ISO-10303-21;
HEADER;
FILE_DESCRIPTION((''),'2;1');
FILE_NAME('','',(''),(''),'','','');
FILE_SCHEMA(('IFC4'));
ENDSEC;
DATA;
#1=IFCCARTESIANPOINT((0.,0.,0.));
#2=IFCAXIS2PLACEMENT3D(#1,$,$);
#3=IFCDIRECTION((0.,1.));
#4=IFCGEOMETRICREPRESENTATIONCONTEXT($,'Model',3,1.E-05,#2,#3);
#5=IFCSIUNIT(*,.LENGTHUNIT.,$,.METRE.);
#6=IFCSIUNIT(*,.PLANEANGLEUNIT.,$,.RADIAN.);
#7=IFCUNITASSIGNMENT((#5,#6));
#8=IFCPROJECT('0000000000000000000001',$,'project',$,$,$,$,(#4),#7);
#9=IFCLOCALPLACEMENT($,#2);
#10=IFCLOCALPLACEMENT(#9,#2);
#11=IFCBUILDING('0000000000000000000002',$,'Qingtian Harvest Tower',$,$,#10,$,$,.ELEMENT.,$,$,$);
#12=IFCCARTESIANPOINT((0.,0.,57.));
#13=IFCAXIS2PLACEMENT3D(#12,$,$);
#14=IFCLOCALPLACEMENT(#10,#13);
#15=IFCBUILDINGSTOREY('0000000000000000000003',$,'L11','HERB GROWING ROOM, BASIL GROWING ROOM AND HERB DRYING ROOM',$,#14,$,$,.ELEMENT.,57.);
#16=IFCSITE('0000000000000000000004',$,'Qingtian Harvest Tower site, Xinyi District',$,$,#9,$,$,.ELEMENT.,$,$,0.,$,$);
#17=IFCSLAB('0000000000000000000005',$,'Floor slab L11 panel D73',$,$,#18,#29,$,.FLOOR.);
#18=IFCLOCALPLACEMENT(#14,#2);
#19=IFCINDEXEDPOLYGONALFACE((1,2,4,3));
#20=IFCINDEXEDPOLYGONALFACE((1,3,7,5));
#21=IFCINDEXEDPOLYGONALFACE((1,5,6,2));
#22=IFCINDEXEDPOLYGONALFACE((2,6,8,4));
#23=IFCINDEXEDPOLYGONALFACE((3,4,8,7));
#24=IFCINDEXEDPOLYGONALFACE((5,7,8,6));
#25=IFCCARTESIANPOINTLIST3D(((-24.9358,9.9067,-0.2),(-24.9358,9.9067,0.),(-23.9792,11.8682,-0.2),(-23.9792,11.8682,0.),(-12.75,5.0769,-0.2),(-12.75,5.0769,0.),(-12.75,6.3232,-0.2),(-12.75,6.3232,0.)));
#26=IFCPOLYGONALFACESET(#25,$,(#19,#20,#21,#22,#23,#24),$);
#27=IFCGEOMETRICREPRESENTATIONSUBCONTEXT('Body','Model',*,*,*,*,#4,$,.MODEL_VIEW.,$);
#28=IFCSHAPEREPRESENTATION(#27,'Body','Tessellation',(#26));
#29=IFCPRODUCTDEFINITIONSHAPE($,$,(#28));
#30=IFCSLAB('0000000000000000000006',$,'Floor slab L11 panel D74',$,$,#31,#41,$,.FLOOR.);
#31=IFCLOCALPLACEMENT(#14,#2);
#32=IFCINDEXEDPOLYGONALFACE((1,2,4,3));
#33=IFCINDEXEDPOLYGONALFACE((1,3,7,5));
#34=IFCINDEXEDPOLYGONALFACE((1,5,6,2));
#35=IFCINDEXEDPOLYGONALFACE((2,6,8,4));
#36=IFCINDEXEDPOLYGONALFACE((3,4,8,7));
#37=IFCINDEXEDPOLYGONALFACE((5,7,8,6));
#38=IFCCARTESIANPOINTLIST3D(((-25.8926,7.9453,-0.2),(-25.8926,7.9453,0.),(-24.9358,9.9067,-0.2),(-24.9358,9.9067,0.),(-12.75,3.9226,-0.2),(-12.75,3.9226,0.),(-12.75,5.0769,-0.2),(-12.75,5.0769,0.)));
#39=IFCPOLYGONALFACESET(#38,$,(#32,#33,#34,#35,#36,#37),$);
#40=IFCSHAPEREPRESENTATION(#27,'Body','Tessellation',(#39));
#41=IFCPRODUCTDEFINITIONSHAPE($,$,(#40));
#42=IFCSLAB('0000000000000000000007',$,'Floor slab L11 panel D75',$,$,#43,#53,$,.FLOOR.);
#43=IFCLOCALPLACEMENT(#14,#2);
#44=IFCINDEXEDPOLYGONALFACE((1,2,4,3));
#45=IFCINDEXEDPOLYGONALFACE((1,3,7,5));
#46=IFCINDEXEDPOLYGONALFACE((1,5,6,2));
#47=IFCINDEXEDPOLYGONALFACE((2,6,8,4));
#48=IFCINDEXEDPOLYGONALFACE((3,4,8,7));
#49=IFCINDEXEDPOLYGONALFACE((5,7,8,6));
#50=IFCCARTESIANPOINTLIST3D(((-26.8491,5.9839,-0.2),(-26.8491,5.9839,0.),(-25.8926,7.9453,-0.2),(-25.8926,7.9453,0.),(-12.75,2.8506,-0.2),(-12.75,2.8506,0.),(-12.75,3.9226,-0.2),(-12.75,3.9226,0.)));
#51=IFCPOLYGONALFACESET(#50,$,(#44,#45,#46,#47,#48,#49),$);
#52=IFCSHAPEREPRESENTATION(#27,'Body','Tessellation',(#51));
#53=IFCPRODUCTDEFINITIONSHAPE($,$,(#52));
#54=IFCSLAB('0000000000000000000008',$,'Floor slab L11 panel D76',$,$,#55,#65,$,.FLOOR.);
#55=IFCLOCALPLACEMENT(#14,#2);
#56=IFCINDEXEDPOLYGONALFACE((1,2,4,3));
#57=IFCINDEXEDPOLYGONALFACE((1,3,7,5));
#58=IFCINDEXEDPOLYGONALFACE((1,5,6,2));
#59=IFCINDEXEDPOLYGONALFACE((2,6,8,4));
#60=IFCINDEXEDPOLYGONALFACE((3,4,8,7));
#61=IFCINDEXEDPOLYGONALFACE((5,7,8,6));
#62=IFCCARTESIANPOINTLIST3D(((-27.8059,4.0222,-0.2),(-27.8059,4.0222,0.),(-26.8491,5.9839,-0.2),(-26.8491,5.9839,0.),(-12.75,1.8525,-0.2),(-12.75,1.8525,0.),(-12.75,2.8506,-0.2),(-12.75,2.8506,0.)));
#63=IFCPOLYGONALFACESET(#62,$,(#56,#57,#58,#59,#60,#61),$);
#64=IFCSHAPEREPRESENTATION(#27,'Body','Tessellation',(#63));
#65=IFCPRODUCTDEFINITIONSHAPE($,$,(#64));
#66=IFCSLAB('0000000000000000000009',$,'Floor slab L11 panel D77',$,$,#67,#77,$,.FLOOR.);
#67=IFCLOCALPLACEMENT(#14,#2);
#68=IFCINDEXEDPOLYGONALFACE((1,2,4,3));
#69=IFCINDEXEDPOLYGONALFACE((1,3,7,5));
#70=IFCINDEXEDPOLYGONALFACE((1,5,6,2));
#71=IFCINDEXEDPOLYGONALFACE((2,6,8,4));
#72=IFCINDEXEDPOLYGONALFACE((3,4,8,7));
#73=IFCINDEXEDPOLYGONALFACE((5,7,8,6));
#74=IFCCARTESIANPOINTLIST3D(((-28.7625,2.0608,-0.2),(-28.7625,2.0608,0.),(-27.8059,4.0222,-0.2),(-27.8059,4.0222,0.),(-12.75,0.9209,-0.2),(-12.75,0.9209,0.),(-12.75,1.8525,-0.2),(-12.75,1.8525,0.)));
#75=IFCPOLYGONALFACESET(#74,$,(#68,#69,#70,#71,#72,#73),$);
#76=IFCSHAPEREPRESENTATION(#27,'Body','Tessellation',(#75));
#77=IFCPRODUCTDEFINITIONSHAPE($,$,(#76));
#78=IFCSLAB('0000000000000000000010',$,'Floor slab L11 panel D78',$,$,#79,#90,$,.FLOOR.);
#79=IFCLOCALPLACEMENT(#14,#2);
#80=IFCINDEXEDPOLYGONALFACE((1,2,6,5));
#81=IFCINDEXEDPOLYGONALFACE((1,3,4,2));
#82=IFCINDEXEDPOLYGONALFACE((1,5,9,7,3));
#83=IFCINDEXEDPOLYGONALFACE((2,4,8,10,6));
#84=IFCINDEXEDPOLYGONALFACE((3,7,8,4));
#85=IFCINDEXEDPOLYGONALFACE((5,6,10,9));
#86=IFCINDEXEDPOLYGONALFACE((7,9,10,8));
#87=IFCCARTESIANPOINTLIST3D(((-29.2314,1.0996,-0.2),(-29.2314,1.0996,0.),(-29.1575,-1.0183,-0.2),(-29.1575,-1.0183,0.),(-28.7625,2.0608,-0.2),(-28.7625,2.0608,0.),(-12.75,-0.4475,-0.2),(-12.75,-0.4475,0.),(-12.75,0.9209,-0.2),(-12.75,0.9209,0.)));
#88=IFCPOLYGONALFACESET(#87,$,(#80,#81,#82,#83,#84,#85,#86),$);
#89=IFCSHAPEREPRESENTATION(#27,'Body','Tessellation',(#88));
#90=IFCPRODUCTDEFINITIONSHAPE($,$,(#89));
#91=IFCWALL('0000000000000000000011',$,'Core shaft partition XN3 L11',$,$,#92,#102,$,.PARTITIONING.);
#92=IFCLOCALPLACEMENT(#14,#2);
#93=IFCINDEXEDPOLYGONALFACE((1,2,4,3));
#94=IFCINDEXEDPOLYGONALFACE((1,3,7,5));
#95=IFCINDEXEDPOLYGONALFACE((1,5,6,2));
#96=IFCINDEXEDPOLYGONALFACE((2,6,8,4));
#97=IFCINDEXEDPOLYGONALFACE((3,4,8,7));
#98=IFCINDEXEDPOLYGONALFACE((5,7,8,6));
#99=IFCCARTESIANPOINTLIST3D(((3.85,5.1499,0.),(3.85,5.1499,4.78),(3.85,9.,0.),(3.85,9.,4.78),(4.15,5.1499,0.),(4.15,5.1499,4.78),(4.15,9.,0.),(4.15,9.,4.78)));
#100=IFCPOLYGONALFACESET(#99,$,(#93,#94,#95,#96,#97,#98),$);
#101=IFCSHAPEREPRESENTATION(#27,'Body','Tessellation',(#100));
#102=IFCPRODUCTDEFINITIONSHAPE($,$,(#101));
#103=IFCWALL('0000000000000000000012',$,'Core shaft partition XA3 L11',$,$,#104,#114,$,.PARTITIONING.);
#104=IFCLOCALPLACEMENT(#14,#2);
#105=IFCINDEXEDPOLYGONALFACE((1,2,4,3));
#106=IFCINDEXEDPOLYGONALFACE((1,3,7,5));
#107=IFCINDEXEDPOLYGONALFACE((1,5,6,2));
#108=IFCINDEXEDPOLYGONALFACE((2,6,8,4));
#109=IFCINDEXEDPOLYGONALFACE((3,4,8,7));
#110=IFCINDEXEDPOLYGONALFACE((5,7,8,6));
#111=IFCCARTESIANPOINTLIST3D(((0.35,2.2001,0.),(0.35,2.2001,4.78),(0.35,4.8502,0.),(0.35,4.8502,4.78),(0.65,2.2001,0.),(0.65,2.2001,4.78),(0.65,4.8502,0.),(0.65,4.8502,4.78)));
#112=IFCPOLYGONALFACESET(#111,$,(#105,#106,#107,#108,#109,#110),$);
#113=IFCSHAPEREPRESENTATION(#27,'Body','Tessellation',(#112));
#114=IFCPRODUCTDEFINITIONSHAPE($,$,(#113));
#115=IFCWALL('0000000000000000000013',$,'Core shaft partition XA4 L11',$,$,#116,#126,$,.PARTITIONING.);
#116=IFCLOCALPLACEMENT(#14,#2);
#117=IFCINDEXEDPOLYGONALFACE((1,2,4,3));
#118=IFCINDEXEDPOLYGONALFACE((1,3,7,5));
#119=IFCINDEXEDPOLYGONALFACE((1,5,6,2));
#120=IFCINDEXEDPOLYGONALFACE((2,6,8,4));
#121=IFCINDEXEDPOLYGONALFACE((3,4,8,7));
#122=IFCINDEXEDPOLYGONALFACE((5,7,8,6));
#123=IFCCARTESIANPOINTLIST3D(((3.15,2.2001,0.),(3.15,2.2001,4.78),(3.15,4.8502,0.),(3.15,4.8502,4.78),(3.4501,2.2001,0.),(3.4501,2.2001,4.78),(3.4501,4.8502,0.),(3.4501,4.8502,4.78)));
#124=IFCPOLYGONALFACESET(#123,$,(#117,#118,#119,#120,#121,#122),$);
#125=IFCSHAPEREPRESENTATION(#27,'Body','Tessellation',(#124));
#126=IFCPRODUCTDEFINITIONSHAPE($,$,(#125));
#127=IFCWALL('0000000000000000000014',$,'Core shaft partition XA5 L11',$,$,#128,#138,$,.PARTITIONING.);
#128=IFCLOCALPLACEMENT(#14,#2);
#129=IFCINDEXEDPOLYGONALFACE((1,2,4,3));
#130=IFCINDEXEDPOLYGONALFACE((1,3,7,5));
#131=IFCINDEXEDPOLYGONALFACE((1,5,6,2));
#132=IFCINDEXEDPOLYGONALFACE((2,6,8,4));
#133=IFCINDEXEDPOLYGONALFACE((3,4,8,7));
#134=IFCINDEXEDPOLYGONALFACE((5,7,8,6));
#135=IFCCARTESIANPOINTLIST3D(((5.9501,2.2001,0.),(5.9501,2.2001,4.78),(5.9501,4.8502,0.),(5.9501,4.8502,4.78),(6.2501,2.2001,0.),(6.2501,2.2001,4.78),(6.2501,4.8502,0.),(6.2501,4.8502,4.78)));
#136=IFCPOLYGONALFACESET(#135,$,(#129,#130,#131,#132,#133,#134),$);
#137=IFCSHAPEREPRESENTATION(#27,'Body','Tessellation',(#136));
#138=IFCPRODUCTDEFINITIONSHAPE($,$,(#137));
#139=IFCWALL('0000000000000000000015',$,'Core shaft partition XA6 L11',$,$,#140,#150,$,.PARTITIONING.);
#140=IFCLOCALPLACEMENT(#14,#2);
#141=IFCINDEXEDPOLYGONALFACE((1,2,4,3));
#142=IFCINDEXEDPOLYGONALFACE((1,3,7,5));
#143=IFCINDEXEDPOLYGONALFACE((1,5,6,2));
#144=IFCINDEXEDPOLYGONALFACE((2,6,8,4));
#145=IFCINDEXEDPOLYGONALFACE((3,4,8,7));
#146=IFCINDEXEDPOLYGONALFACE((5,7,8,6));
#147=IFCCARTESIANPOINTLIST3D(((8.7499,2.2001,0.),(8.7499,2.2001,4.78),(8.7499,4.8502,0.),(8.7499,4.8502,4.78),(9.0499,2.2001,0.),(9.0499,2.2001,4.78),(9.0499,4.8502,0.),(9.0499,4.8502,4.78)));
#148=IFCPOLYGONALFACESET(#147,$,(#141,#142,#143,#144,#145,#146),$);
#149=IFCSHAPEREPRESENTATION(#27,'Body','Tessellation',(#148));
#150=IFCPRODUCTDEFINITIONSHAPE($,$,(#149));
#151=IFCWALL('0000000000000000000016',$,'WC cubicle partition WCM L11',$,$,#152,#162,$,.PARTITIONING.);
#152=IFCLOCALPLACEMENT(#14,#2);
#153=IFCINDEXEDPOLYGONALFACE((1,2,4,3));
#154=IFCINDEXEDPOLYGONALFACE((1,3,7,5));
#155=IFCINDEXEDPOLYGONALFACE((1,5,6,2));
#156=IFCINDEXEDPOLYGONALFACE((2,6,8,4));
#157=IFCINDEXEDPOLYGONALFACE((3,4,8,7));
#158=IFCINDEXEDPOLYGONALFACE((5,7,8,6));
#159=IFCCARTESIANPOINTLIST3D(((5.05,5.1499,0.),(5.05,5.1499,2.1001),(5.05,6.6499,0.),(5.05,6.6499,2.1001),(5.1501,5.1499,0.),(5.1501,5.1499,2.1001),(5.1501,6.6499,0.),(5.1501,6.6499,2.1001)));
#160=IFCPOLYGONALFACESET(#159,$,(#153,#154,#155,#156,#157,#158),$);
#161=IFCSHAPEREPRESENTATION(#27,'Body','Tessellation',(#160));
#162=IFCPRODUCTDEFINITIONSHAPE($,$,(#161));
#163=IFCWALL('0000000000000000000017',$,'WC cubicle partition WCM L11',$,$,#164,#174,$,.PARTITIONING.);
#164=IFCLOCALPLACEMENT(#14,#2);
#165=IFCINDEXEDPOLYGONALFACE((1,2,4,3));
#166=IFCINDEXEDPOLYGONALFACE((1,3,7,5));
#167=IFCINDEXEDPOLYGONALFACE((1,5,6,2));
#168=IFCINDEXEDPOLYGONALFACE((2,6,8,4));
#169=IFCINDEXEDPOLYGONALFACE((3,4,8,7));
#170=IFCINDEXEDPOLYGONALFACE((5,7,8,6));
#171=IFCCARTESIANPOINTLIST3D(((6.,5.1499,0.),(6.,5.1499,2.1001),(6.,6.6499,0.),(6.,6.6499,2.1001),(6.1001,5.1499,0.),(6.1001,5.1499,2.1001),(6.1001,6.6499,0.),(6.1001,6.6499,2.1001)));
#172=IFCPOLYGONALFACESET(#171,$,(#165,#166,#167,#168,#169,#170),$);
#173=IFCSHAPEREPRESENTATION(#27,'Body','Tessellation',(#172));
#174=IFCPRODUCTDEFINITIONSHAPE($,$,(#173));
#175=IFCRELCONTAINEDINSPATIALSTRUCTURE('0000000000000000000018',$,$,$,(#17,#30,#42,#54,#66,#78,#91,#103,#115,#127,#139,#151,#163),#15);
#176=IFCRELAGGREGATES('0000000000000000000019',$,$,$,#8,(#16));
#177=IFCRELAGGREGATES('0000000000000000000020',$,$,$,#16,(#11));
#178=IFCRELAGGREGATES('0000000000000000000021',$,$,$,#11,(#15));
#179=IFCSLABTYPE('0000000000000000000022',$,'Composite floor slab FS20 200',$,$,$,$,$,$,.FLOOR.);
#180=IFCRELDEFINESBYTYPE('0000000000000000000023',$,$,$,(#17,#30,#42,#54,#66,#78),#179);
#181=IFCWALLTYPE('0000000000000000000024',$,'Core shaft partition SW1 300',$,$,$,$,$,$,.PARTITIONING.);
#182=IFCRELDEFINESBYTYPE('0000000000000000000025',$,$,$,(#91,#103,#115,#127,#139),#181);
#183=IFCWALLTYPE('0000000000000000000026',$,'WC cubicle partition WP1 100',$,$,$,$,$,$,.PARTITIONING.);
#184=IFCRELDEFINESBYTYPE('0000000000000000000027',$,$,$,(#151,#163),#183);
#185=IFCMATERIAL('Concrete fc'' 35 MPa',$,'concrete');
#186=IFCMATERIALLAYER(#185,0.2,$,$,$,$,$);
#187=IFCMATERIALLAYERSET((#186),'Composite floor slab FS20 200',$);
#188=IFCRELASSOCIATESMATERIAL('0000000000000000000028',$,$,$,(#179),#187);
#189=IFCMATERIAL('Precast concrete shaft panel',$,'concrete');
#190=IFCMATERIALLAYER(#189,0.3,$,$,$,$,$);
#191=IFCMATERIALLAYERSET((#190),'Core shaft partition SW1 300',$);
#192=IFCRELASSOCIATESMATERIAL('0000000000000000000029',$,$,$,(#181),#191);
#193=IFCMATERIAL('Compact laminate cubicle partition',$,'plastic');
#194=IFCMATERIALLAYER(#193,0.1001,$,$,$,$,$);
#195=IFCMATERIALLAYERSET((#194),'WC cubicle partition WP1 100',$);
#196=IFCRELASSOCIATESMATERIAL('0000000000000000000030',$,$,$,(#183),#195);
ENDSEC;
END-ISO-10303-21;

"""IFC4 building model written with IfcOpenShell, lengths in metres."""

from ifc_helpers import new_model, si_unit, direction, frame, frame_2d, origin, place, context, subcontext, project, spatial, polyline, rectangle, outline, extrude, material, layer, layer_set, type_object, element, save


model = new_model("IFC4")

# Units and contexts
model_context = context("Model", 3, precision=1e-05, world=origin(), true_north=direction((0.0, 1.0)))
body_context = subcontext(model_context, "Body", "Model", "MODEL_VIEW")
ifc_project = project(units=[si_unit("LENGTHUNIT", "METRE"), si_unit("PLANEANGLEUNIT", "RADIAN")], contexts=[model_context])

# Site, building, storey
site_placement = place(None, origin())
site = spatial("IfcSite", under=ifc_project, at=site_placement, Name="Qingtian Harvest Tower site, Xinyi District", CompositionType="ELEMENT", RefElevation=0.0)
building_placement = place(site_placement, origin())
building = spatial("IfcBuilding", under=site, at=building_placement, Name="Qingtian Harvest Tower", CompositionType="ELEMENT")
storey_placement = place(building_placement, frame((0.0, 0.0, 57.0)))
storey = spatial("IfcBuildingStorey", under=building, at=storey_placement, Name="L11", Description="HERB GROWING ROOM, BASIL GROWING ROOM AND HERB DRYING ROOM", CompositionType="ELEMENT", Elevation=57.0)

# Slabs
ifc_material_1 = material(Name="Concrete fc' 35 MPa", Category="concrete")
ifc_layer_1 = layer(ifc_material_1, 0.2)
ifc_layer_set_1 = layer_set([ifc_layer_1], Name="Composite floor slab FS20 200")
slab_type = type_object("IfcSlabType", Name="Composite floor slab FS20 200", PredefinedType="FLOOR", material=ifc_layer_set_1)
slab_1_placement = place(storey_placement, frame((0.0, 0.0, -0.2)))
element("IfcSlab", 1, at=slab_1_placement, inside=storey, type_object=slab_type, Name="Floor slab L11 panel D73", PredefinedType="FLOOR", context=body_context, shape_type="SweptSolid", body=[
    extrude(outline(polyline([(-12.75, 5.0769), (-24.9358, 9.9067), (-23.9792, 11.8682), (-12.75, 6.3232), (-12.75, 5.0769)])), origin(), (0.0, 0.0, 1.0), 0.2),
])
slab_2_placement = place(storey_placement, frame((0.0, 0.0, -0.2)))
element("IfcSlab", 2, at=slab_2_placement, inside=storey, type_object=slab_type, Name="Floor slab L11 panel D74", PredefinedType="FLOOR", context=body_context, shape_type="SweptSolid", body=[
    extrude(outline(polyline([(-12.75, 3.9226), (-25.8926, 7.9453), (-24.9358, 9.9067), (-12.75, 5.0769), (-12.75, 3.9226)])), origin(), (0.0, 0.0, 1.0), 0.2),
])
slab_3_placement = place(storey_placement, frame((0.0, 0.0, -0.2)))
element("IfcSlab", 3, at=slab_3_placement, inside=storey, type_object=slab_type, Name="Floor slab L11 panel D75", PredefinedType="FLOOR", context=body_context, shape_type="SweptSolid", body=[
    extrude(outline(polyline([(-12.75, 2.8506), (-26.8491, 5.9839), (-25.8926, 7.9453), (-12.75, 3.9226), (-12.75, 2.8506)])), origin(), (0.0, 0.0, 1.0), 0.2),
])
slab_4_placement = place(storey_placement, frame((0.0, 0.0, -0.2)))
element("IfcSlab", 4, at=slab_4_placement, inside=storey, type_object=slab_type, Name="Floor slab L11 panel D76", PredefinedType="FLOOR", context=body_context, shape_type="SweptSolid", body=[
    extrude(outline(polyline([(-12.75, 1.8525), (-27.8059, 4.0222), (-26.8491, 5.9839), (-12.75, 2.8506), (-12.75, 1.8525)])), origin(), (0.0, 0.0, 1.0), 0.2),
])
slab_5_placement = place(storey_placement, frame((0.0, 0.0, -0.2)))
element("IfcSlab", 5, at=slab_5_placement, inside=storey, type_object=slab_type, Name="Floor slab L11 panel D77", PredefinedType="FLOOR", context=body_context, shape_type="SweptSolid", body=[
    extrude(outline(polyline([(-12.75, 0.9209), (-28.7625, 2.0608), (-27.8059, 4.0222), (-12.75, 1.8525), (-12.75, 0.9209)])), origin(), (0.0, 0.0, 1.0), 0.2),
])
slab_6_placement = place(storey_placement, frame((0.0, 0.0, -0.2)))
element("IfcSlab", 6, at=slab_6_placement, inside=storey, type_object=slab_type, Name="Floor slab L11 panel D78", PredefinedType="FLOOR", context=body_context, shape_type="SweptSolid", body=[
    extrude(outline(polyline([(-12.75, 0.9209), (-12.75, -0.4475), (-29.1575, -1.0183), (-29.2314, 1.0996), (-28.7625, 2.0608), (-12.75, 0.9209)])), origin(), (0.0, 0.0, 1.0), 0.2),
])

# Shared definitions
ifc_material_2 = material(Name="Precast concrete shaft panel", Category="concrete")
ifc_layer_2 = layer(ifc_material_2, 0.3)
ifc_layer_set_2 = layer_set([ifc_layer_2], Name="Core shaft partition SW1 300")
wall_type_1 = type_object("IfcWallType", Name="Core shaft partition SW1 300", PredefinedType="PARTITIONING", material=ifc_layer_set_2)

# Walls
wall_1_placement = place(storey_placement, frame((4.0, 5.1499, 0.0), z_axis=(0.0, 0.0, 1.0), x_axis=(0.0, 1.0, 0.0)))
element("IfcWall", 7, at=wall_1_placement, inside=storey, type_object=wall_type_1, Name="Core shaft partition XN3 L11", PredefinedType="PARTITIONING", context=body_context, shape_type="SweptSolid", body=[
    extrude(rectangle(XDim=3.8501, YDim=0.3, at=frame_2d((1.925, 0.0))), origin(), (0.0, 0.0, 1.0), 4.78),
])
for number, where, z_axis, x_axis, name in (
    (8, (0.5, 2.2, 0.0), (0.0, 0.0, 1.0), (0.0, 1.0, 0.0), "Core shaft partition XA3 L11"),
    (9, (3.3, 2.2, 0.0), (0.0, 0.0, 1.0), (0.0, 1.0, 0.0), "Core shaft partition XA4 L11"),
    (10, (6.1001, 2.2, 0.0), (0.0, 0.0, 1.0), (0.0, 1.0, 0.0), "Core shaft partition XA5 L11"),
    (11, (8.8999, 2.2, 0.0), (0.0, 0.0, 1.0), (0.0, 1.0, 0.0), "Core shaft partition XA6 L11"),
):
    element("IfcWall", number, at=place(storey_placement, frame(where, z_axis=z_axis, x_axis=x_axis)), inside=storey, type_object=wall_type_1, Name=name, PredefinedType="PARTITIONING", context=body_context, shape_type="SweptSolid", body=[
        extrude(rectangle(XDim=2.6501, YDim=0.3, at=frame_2d((1.3252, 0.0))), origin(), (0.0, 0.0, 1.0), 4.78),
    ])

# Walls
ifc_material_3 = material(Name="Compact laminate cubicle partition", Category="plastic")
ifc_layer_3 = layer(ifc_material_3, 0.1001)
ifc_layer_set_3 = layer_set([ifc_layer_3], Name="WC cubicle partition WP1 100")
wall_type_2 = type_object("IfcWallType", Name="WC cubicle partition WP1 100", PredefinedType="PARTITIONING", material=ifc_layer_set_3)
for number, where, z_axis, x_axis, name in (
    (12, (5.1001, 5.1499, 0.0), (0.0, 0.0, 1.0), (0.0, 1.0, 0.0), "WC cubicle partition WCM L11"),
    (13, (6.05, 5.1499, 0.0), (0.0, 0.0, 1.0), (0.0, 1.0, 0.0), "WC cubicle partition WCM L11"),
):
    element("IfcWall", number, at=place(storey_placement, frame(where, z_axis=z_axis, x_axis=x_axis)), inside=storey, type_object=wall_type_2, Name=name, PredefinedType="PARTITIONING", context=body_context, shape_type="SweptSolid", body=[
        extrude(rectangle(XDim=1.5, YDim=0.1001, at=frame_2d((0.75, 0.0))), origin(), (0.0, 0.0, 1.0), 2.1001),
    ])

save(model, "model.ifc")
